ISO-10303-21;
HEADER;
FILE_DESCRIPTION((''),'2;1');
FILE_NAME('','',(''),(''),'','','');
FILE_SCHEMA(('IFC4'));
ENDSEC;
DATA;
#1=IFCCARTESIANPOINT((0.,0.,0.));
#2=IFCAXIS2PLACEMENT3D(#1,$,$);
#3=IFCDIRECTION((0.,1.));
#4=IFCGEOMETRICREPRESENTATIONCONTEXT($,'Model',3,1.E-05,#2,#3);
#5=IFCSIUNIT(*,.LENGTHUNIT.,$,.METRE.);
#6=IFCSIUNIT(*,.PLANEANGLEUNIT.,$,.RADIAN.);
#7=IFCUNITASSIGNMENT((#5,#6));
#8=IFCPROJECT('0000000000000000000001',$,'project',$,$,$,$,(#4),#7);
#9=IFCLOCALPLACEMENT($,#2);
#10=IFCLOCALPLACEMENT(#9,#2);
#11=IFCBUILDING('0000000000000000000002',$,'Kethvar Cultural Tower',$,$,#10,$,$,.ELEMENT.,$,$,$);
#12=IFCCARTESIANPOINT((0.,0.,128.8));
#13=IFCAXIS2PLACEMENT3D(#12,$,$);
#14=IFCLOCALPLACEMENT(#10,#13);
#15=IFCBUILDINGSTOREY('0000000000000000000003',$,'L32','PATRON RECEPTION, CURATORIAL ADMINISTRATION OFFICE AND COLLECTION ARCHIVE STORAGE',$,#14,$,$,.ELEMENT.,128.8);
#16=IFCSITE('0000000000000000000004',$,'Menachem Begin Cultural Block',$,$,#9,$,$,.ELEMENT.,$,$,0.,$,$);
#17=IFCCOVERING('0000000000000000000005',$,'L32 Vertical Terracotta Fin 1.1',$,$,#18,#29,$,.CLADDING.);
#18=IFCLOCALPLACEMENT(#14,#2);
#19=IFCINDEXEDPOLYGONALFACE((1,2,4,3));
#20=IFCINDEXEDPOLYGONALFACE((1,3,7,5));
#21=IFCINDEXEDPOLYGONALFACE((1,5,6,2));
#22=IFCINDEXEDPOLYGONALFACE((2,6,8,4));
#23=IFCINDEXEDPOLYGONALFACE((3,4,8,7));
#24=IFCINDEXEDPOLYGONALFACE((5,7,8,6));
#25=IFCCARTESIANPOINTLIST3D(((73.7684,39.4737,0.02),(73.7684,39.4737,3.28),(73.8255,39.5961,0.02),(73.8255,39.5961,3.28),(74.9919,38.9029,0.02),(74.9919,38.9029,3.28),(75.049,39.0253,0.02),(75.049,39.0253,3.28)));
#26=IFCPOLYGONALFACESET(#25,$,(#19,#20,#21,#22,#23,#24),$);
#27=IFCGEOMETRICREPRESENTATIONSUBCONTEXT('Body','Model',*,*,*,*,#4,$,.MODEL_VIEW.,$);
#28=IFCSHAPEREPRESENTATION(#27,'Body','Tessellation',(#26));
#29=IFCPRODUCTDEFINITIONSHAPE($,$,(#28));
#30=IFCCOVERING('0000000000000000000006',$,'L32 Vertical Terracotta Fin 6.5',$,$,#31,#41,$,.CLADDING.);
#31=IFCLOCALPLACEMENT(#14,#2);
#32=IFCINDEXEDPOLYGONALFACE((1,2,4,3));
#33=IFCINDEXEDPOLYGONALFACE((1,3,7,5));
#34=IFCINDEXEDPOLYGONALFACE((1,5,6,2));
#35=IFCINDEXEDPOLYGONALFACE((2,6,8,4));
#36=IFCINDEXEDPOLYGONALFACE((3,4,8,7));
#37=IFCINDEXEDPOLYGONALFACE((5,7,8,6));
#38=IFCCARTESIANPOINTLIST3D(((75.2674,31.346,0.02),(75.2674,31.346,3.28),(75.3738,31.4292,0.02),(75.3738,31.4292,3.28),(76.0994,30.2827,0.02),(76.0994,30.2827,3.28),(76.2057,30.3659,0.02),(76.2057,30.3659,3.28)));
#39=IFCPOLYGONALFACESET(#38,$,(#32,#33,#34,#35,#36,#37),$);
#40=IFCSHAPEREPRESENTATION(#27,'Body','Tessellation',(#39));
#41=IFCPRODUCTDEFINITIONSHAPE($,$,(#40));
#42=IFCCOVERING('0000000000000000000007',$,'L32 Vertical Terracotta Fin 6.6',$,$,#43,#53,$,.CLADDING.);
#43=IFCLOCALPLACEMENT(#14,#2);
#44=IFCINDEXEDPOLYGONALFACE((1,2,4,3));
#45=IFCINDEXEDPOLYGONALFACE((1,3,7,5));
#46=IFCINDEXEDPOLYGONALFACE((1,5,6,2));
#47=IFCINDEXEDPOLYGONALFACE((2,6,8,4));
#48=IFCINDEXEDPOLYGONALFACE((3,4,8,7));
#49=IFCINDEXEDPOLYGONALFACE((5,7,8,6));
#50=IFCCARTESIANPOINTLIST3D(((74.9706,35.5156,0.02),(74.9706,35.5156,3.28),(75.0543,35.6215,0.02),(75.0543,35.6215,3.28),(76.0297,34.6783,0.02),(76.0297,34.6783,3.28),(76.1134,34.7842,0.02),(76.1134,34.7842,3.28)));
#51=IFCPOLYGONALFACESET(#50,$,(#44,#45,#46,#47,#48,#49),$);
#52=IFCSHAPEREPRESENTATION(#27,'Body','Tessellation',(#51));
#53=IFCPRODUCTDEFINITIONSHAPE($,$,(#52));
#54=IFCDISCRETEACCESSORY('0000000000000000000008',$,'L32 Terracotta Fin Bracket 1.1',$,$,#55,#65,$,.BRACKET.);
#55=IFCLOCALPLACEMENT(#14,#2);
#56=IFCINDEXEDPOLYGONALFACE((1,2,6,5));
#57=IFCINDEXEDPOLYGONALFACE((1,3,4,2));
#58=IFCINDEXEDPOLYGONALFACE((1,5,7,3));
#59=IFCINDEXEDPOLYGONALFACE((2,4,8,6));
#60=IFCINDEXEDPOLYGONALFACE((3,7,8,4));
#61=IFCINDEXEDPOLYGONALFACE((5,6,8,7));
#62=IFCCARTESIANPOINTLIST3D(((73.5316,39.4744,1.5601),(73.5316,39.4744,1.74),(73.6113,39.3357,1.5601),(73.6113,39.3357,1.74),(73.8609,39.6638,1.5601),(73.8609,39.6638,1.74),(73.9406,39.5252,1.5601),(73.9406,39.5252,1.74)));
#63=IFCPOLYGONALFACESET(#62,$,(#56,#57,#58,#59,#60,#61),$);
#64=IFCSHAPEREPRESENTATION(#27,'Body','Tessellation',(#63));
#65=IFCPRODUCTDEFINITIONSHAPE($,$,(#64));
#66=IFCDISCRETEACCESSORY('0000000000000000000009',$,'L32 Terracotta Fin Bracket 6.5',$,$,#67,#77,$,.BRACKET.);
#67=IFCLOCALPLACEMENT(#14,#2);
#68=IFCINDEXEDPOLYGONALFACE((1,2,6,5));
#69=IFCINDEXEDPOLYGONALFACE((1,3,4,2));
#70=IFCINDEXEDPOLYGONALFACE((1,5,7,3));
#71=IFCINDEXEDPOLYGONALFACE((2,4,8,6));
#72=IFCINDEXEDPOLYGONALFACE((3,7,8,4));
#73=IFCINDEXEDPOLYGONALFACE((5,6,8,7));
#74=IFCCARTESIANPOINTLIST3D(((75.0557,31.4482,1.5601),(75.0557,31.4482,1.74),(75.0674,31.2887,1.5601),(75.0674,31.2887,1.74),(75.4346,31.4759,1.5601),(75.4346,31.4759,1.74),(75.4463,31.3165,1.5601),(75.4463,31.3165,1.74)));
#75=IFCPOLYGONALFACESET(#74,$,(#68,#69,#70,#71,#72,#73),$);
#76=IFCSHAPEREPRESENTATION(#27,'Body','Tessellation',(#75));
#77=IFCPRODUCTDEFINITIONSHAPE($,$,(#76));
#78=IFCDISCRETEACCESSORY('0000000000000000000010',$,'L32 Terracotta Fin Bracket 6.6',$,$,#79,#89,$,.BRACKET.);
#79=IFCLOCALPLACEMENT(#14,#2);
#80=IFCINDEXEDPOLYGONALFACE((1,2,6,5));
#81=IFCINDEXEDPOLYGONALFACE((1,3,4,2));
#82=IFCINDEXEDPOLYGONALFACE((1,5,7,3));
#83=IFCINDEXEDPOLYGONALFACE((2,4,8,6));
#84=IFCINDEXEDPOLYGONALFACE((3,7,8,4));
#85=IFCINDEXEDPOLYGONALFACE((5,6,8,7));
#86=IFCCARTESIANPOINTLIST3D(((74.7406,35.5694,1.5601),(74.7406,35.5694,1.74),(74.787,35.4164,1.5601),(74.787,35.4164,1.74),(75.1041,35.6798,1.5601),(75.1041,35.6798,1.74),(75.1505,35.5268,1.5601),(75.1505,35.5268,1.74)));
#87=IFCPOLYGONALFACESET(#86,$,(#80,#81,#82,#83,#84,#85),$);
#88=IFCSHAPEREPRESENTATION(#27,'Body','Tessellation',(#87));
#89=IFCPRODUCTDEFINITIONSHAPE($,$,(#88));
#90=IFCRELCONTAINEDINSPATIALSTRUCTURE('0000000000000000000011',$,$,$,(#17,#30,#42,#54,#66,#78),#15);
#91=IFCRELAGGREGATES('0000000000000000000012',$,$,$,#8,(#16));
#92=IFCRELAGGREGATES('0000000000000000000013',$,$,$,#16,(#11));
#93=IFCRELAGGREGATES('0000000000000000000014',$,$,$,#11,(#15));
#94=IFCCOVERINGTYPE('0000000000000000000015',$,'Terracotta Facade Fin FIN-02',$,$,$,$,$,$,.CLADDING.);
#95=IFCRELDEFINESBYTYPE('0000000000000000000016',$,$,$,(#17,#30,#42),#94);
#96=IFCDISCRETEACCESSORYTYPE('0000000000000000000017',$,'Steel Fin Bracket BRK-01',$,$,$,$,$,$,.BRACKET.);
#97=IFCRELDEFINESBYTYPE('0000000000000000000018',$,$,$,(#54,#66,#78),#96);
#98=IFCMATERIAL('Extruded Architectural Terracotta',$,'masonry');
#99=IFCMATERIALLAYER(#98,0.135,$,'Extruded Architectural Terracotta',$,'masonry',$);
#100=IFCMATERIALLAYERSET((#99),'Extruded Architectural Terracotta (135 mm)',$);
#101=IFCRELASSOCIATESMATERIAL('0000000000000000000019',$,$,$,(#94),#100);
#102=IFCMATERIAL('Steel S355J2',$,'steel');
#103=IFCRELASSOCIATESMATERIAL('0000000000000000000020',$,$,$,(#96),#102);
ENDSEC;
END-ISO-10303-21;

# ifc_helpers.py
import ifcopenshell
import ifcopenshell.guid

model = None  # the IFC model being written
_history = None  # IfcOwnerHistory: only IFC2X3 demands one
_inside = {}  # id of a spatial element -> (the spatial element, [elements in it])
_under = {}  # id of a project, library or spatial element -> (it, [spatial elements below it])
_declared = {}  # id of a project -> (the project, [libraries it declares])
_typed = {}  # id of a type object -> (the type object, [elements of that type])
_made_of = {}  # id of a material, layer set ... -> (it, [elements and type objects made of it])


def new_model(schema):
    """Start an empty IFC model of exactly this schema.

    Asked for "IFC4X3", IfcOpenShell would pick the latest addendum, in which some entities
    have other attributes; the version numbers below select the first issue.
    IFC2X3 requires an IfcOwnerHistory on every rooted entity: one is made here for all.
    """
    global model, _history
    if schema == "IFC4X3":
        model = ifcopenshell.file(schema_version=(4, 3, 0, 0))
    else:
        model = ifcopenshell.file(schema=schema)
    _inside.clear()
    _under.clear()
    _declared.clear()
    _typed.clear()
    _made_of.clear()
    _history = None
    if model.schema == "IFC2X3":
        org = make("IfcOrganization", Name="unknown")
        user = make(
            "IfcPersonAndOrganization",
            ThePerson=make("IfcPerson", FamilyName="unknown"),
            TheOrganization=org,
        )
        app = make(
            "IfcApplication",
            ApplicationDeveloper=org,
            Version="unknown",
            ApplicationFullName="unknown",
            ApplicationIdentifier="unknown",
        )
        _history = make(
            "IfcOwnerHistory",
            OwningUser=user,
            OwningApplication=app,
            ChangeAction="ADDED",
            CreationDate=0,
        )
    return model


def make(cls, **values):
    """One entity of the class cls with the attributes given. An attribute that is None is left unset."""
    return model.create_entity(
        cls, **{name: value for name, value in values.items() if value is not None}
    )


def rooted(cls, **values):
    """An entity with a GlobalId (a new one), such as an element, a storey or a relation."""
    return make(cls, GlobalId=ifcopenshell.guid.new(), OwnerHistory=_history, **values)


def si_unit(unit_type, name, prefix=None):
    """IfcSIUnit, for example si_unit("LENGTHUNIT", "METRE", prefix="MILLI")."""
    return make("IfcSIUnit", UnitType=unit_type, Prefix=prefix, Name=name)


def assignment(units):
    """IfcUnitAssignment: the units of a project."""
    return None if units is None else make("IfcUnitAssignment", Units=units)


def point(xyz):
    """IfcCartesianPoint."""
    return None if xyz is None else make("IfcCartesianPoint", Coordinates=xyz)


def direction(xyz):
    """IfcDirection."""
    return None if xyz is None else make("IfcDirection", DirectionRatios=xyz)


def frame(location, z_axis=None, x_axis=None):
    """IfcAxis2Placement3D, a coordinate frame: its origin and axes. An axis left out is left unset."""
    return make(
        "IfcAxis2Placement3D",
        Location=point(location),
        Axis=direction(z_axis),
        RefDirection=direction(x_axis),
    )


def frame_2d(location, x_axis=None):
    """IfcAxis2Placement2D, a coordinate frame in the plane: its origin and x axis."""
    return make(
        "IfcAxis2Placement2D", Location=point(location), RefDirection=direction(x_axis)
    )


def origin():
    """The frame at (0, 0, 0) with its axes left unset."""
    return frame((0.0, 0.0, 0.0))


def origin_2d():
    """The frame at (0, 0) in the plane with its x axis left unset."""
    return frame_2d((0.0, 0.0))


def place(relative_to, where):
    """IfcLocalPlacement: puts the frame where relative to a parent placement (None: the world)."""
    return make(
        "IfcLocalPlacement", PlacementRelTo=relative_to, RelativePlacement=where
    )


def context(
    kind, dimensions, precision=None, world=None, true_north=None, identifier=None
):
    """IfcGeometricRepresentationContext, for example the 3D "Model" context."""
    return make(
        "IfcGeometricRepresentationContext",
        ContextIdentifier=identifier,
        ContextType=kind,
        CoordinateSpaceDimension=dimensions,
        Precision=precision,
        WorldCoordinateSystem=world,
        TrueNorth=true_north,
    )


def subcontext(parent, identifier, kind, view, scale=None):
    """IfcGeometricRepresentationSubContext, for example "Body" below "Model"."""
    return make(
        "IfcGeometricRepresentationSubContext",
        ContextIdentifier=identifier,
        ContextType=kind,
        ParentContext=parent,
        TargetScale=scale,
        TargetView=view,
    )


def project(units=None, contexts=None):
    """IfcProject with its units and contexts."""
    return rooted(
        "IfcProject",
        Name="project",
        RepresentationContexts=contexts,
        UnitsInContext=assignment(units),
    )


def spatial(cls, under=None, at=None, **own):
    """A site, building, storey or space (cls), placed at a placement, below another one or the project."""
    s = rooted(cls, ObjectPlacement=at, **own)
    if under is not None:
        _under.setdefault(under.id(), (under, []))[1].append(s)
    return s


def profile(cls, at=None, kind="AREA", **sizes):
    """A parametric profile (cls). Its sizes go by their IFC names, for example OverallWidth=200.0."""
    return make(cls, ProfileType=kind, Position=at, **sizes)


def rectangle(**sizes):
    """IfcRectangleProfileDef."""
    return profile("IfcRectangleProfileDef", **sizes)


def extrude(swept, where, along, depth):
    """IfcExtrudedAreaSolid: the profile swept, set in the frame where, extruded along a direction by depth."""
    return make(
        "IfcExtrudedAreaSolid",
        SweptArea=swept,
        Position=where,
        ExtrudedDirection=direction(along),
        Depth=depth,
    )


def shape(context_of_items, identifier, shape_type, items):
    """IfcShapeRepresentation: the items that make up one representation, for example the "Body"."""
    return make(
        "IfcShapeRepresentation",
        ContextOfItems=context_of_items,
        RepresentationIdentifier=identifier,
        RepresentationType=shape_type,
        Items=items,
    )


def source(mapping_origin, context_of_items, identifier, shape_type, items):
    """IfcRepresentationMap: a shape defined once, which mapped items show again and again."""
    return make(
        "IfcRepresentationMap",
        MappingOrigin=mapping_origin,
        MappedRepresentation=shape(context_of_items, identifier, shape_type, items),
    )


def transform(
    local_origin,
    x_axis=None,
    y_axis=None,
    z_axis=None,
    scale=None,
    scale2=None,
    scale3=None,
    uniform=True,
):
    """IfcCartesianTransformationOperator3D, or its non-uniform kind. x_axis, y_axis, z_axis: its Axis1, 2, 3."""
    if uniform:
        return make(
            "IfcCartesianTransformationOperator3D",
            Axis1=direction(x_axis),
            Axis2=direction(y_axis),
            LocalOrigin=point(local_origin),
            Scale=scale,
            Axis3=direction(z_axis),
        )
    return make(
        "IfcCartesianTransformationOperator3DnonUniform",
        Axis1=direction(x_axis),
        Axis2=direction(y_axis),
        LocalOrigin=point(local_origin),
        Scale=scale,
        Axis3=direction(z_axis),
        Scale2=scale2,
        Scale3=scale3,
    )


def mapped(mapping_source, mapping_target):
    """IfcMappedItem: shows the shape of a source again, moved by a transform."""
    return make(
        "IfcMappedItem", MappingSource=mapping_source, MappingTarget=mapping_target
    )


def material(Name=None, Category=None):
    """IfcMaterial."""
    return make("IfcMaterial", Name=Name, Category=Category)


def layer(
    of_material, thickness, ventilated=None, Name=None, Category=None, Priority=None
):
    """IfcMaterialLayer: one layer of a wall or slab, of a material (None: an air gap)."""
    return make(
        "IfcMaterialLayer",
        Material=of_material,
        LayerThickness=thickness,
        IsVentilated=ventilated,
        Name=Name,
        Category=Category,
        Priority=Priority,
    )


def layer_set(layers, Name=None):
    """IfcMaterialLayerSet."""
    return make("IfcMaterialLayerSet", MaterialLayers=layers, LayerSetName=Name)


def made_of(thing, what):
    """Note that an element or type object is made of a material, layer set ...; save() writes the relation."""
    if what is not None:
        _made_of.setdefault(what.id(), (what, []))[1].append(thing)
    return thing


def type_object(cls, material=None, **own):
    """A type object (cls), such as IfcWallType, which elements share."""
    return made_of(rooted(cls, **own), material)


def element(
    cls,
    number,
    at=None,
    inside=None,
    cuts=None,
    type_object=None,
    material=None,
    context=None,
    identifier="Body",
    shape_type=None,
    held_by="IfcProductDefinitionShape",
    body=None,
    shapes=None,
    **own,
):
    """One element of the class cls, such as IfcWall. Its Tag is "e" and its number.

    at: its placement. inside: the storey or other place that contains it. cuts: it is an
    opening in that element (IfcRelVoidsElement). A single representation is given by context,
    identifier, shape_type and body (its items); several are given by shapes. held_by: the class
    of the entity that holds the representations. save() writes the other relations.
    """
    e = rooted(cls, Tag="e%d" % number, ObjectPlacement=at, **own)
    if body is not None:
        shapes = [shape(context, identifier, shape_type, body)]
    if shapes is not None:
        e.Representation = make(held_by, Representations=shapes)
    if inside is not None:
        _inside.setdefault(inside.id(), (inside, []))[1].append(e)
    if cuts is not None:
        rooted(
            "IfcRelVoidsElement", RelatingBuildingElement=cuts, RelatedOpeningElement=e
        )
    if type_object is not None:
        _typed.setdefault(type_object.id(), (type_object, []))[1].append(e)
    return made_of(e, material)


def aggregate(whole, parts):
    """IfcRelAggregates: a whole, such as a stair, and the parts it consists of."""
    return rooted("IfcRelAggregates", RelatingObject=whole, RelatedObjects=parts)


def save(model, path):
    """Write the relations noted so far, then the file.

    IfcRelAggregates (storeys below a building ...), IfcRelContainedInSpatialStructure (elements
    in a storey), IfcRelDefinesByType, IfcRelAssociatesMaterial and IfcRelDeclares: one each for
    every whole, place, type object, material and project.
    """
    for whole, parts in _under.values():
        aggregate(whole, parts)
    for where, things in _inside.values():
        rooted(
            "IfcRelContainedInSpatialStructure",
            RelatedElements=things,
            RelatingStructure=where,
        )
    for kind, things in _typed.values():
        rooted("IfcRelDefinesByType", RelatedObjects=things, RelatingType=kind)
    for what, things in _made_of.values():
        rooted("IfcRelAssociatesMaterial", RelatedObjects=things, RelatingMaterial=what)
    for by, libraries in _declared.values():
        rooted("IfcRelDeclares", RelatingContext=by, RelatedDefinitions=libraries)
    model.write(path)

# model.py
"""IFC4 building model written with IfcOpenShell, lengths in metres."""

from ifc_helpers import new_model, si_unit, direction, frame, origin, origin_2d, place, context, subcontext, project, spatial, rectangle, extrude, source, transform, mapped, material, layer, layer_set, type_object, element, save


model = new_model("IFC4")

# Units and contexts
model_context = context("Model", 3, precision=1e-05, world=origin(), true_north=direction((0.0, 1.0)))
body_context = subcontext(model_context, "Body", "Model", "MODEL_VIEW")
ifc_project = project(units=[si_unit("LENGTHUNIT", "METRE"), si_unit("PLANEANGLEUNIT", "RADIAN")], contexts=[model_context])

# Site, building, storey
site_placement = place(None, origin())
site = spatial("IfcSite", under=ifc_project, at=site_placement, Name="Menachem Begin Cultural Block", CompositionType="ELEMENT", RefElevation=0.0)
building_placement = place(site_placement, origin())
building = spatial("IfcBuilding", under=site, at=building_placement, Name="Kethvar Cultural Tower", CompositionType="ELEMENT")
storey_placement = place(building_placement, frame((0.0, 0.0, 128.8)))
storey = spatial("IfcBuildingStorey", under=building, at=storey_placement, Name="L32", Description="PATRON RECEPTION, CURATORIAL ADMINISTRATION OFFICE AND COLLECTION ARCHIVE STORAGE", CompositionType="ELEMENT", Elevation=128.8)

# Shared definitions
ifc_material_1 = material(Name="Steel S355J2", Category="steel")

# Coverings
ifc_material_2 = material(Name="Extruded Architectural Terracotta", Category="masonry")
ifc_layer_1 = layer(ifc_material_2, 0.135, Name="Extruded Architectural Terracotta", Category="masonry")
ifc_layer_set_1 = layer_set([ifc_layer_1], Name="Extruded Architectural Terracotta (135 mm)")
covering_type = type_object("IfcCoveringType", Name="Terracotta Facade Fin FIN-02", PredefinedType="CLADDING", material=ifc_layer_set_1)
shared_shape_1 = source(origin(), body_context, "Body", "SweptSolid", [
    extrude(rectangle(XDim=1.3501, YDim=0.135, at=origin_2d()), origin(), (0.0, 0.0, 1.0), 3.26),
])
for number, where, z_axis, x_axis, name in (
    (1, (74.4087, 39.2495, 0.02), (0.0, 0.0, 1.0), (0.906234, -0.422776, 0.0), "L32 Vertical Terracotta Fin 1.1"),
    (2, (75.7366, 30.856, 0.02), (0.0, 0.0, 1.0), (0.616211, -0.787581, 0.0), "L32 Vertical Terracotta Fin 6.5"),
    (3, (75.542, 35.1499, 0.02), (0.0, 0.0, 1.0), (0.784452, -0.62019, 0.0), "L32 Vertical Terracotta Fin 6.6"),
):
    element("IfcCovering", number, at=place(storey_placement, frame(where, z_axis=z_axis, x_axis=x_axis)), inside=storey, type_object=covering_type, Name=name, PredefinedType="CLADDING", context=body_context, shape_type="MappedRepresentation", body=[
        mapped(shared_shape_1, transform((0.0, 0.0, 0.0), scale=1.0)),
    ])

# Discrete accessories
discrete_accessory_type = type_object("IfcDiscreteAccessoryType", Name="Steel Fin Bracket BRK-01", PredefinedType="BRACKET", material=ifc_material_1)
shared_shape_2 = source(origin(), body_context, "Body", "SweptSolid", [
    extrude(rectangle(XDim=0.3799, YDim=0.1599, at=origin_2d()), origin(), (0.0, 0.0, 1.0), 0.1799),
])
for number, where, z_axis, x_axis, name in (
    (4, (73.7361, 39.4998, 1.5601), (0.0, 0.0, 1.0), (0.86681, 0.498639, 0.0), "L32 Terracotta Fin Bracket 1.1"),
    (5, (75.251, 31.3823, 1.5601), (0.0, 0.0, 1.0), (0.997327, 0.073064, 0.0), "L32 Terracotta Fin Bracket 6.5"),
    (6, (74.9456, 35.5481, 1.5601), (0.0, 0.0, 1.0), (0.956864, 0.290535, 0.0), "L32 Terracotta Fin Bracket 6.6"),
):
    element("IfcDiscreteAccessory", number, at=place(storey_placement, frame(where, z_axis=z_axis, x_axis=x_axis)), inside=storey, type_object=discrete_accessory_type, Name=name, PredefinedType="BRACKET", context=body_context, shape_type="MappedRepresentation", body=[
        mapped(shared_shape_2, transform((0.0, 0.0, 0.0), scale=1.0)),
    ])

save(model, "model.ifc")
